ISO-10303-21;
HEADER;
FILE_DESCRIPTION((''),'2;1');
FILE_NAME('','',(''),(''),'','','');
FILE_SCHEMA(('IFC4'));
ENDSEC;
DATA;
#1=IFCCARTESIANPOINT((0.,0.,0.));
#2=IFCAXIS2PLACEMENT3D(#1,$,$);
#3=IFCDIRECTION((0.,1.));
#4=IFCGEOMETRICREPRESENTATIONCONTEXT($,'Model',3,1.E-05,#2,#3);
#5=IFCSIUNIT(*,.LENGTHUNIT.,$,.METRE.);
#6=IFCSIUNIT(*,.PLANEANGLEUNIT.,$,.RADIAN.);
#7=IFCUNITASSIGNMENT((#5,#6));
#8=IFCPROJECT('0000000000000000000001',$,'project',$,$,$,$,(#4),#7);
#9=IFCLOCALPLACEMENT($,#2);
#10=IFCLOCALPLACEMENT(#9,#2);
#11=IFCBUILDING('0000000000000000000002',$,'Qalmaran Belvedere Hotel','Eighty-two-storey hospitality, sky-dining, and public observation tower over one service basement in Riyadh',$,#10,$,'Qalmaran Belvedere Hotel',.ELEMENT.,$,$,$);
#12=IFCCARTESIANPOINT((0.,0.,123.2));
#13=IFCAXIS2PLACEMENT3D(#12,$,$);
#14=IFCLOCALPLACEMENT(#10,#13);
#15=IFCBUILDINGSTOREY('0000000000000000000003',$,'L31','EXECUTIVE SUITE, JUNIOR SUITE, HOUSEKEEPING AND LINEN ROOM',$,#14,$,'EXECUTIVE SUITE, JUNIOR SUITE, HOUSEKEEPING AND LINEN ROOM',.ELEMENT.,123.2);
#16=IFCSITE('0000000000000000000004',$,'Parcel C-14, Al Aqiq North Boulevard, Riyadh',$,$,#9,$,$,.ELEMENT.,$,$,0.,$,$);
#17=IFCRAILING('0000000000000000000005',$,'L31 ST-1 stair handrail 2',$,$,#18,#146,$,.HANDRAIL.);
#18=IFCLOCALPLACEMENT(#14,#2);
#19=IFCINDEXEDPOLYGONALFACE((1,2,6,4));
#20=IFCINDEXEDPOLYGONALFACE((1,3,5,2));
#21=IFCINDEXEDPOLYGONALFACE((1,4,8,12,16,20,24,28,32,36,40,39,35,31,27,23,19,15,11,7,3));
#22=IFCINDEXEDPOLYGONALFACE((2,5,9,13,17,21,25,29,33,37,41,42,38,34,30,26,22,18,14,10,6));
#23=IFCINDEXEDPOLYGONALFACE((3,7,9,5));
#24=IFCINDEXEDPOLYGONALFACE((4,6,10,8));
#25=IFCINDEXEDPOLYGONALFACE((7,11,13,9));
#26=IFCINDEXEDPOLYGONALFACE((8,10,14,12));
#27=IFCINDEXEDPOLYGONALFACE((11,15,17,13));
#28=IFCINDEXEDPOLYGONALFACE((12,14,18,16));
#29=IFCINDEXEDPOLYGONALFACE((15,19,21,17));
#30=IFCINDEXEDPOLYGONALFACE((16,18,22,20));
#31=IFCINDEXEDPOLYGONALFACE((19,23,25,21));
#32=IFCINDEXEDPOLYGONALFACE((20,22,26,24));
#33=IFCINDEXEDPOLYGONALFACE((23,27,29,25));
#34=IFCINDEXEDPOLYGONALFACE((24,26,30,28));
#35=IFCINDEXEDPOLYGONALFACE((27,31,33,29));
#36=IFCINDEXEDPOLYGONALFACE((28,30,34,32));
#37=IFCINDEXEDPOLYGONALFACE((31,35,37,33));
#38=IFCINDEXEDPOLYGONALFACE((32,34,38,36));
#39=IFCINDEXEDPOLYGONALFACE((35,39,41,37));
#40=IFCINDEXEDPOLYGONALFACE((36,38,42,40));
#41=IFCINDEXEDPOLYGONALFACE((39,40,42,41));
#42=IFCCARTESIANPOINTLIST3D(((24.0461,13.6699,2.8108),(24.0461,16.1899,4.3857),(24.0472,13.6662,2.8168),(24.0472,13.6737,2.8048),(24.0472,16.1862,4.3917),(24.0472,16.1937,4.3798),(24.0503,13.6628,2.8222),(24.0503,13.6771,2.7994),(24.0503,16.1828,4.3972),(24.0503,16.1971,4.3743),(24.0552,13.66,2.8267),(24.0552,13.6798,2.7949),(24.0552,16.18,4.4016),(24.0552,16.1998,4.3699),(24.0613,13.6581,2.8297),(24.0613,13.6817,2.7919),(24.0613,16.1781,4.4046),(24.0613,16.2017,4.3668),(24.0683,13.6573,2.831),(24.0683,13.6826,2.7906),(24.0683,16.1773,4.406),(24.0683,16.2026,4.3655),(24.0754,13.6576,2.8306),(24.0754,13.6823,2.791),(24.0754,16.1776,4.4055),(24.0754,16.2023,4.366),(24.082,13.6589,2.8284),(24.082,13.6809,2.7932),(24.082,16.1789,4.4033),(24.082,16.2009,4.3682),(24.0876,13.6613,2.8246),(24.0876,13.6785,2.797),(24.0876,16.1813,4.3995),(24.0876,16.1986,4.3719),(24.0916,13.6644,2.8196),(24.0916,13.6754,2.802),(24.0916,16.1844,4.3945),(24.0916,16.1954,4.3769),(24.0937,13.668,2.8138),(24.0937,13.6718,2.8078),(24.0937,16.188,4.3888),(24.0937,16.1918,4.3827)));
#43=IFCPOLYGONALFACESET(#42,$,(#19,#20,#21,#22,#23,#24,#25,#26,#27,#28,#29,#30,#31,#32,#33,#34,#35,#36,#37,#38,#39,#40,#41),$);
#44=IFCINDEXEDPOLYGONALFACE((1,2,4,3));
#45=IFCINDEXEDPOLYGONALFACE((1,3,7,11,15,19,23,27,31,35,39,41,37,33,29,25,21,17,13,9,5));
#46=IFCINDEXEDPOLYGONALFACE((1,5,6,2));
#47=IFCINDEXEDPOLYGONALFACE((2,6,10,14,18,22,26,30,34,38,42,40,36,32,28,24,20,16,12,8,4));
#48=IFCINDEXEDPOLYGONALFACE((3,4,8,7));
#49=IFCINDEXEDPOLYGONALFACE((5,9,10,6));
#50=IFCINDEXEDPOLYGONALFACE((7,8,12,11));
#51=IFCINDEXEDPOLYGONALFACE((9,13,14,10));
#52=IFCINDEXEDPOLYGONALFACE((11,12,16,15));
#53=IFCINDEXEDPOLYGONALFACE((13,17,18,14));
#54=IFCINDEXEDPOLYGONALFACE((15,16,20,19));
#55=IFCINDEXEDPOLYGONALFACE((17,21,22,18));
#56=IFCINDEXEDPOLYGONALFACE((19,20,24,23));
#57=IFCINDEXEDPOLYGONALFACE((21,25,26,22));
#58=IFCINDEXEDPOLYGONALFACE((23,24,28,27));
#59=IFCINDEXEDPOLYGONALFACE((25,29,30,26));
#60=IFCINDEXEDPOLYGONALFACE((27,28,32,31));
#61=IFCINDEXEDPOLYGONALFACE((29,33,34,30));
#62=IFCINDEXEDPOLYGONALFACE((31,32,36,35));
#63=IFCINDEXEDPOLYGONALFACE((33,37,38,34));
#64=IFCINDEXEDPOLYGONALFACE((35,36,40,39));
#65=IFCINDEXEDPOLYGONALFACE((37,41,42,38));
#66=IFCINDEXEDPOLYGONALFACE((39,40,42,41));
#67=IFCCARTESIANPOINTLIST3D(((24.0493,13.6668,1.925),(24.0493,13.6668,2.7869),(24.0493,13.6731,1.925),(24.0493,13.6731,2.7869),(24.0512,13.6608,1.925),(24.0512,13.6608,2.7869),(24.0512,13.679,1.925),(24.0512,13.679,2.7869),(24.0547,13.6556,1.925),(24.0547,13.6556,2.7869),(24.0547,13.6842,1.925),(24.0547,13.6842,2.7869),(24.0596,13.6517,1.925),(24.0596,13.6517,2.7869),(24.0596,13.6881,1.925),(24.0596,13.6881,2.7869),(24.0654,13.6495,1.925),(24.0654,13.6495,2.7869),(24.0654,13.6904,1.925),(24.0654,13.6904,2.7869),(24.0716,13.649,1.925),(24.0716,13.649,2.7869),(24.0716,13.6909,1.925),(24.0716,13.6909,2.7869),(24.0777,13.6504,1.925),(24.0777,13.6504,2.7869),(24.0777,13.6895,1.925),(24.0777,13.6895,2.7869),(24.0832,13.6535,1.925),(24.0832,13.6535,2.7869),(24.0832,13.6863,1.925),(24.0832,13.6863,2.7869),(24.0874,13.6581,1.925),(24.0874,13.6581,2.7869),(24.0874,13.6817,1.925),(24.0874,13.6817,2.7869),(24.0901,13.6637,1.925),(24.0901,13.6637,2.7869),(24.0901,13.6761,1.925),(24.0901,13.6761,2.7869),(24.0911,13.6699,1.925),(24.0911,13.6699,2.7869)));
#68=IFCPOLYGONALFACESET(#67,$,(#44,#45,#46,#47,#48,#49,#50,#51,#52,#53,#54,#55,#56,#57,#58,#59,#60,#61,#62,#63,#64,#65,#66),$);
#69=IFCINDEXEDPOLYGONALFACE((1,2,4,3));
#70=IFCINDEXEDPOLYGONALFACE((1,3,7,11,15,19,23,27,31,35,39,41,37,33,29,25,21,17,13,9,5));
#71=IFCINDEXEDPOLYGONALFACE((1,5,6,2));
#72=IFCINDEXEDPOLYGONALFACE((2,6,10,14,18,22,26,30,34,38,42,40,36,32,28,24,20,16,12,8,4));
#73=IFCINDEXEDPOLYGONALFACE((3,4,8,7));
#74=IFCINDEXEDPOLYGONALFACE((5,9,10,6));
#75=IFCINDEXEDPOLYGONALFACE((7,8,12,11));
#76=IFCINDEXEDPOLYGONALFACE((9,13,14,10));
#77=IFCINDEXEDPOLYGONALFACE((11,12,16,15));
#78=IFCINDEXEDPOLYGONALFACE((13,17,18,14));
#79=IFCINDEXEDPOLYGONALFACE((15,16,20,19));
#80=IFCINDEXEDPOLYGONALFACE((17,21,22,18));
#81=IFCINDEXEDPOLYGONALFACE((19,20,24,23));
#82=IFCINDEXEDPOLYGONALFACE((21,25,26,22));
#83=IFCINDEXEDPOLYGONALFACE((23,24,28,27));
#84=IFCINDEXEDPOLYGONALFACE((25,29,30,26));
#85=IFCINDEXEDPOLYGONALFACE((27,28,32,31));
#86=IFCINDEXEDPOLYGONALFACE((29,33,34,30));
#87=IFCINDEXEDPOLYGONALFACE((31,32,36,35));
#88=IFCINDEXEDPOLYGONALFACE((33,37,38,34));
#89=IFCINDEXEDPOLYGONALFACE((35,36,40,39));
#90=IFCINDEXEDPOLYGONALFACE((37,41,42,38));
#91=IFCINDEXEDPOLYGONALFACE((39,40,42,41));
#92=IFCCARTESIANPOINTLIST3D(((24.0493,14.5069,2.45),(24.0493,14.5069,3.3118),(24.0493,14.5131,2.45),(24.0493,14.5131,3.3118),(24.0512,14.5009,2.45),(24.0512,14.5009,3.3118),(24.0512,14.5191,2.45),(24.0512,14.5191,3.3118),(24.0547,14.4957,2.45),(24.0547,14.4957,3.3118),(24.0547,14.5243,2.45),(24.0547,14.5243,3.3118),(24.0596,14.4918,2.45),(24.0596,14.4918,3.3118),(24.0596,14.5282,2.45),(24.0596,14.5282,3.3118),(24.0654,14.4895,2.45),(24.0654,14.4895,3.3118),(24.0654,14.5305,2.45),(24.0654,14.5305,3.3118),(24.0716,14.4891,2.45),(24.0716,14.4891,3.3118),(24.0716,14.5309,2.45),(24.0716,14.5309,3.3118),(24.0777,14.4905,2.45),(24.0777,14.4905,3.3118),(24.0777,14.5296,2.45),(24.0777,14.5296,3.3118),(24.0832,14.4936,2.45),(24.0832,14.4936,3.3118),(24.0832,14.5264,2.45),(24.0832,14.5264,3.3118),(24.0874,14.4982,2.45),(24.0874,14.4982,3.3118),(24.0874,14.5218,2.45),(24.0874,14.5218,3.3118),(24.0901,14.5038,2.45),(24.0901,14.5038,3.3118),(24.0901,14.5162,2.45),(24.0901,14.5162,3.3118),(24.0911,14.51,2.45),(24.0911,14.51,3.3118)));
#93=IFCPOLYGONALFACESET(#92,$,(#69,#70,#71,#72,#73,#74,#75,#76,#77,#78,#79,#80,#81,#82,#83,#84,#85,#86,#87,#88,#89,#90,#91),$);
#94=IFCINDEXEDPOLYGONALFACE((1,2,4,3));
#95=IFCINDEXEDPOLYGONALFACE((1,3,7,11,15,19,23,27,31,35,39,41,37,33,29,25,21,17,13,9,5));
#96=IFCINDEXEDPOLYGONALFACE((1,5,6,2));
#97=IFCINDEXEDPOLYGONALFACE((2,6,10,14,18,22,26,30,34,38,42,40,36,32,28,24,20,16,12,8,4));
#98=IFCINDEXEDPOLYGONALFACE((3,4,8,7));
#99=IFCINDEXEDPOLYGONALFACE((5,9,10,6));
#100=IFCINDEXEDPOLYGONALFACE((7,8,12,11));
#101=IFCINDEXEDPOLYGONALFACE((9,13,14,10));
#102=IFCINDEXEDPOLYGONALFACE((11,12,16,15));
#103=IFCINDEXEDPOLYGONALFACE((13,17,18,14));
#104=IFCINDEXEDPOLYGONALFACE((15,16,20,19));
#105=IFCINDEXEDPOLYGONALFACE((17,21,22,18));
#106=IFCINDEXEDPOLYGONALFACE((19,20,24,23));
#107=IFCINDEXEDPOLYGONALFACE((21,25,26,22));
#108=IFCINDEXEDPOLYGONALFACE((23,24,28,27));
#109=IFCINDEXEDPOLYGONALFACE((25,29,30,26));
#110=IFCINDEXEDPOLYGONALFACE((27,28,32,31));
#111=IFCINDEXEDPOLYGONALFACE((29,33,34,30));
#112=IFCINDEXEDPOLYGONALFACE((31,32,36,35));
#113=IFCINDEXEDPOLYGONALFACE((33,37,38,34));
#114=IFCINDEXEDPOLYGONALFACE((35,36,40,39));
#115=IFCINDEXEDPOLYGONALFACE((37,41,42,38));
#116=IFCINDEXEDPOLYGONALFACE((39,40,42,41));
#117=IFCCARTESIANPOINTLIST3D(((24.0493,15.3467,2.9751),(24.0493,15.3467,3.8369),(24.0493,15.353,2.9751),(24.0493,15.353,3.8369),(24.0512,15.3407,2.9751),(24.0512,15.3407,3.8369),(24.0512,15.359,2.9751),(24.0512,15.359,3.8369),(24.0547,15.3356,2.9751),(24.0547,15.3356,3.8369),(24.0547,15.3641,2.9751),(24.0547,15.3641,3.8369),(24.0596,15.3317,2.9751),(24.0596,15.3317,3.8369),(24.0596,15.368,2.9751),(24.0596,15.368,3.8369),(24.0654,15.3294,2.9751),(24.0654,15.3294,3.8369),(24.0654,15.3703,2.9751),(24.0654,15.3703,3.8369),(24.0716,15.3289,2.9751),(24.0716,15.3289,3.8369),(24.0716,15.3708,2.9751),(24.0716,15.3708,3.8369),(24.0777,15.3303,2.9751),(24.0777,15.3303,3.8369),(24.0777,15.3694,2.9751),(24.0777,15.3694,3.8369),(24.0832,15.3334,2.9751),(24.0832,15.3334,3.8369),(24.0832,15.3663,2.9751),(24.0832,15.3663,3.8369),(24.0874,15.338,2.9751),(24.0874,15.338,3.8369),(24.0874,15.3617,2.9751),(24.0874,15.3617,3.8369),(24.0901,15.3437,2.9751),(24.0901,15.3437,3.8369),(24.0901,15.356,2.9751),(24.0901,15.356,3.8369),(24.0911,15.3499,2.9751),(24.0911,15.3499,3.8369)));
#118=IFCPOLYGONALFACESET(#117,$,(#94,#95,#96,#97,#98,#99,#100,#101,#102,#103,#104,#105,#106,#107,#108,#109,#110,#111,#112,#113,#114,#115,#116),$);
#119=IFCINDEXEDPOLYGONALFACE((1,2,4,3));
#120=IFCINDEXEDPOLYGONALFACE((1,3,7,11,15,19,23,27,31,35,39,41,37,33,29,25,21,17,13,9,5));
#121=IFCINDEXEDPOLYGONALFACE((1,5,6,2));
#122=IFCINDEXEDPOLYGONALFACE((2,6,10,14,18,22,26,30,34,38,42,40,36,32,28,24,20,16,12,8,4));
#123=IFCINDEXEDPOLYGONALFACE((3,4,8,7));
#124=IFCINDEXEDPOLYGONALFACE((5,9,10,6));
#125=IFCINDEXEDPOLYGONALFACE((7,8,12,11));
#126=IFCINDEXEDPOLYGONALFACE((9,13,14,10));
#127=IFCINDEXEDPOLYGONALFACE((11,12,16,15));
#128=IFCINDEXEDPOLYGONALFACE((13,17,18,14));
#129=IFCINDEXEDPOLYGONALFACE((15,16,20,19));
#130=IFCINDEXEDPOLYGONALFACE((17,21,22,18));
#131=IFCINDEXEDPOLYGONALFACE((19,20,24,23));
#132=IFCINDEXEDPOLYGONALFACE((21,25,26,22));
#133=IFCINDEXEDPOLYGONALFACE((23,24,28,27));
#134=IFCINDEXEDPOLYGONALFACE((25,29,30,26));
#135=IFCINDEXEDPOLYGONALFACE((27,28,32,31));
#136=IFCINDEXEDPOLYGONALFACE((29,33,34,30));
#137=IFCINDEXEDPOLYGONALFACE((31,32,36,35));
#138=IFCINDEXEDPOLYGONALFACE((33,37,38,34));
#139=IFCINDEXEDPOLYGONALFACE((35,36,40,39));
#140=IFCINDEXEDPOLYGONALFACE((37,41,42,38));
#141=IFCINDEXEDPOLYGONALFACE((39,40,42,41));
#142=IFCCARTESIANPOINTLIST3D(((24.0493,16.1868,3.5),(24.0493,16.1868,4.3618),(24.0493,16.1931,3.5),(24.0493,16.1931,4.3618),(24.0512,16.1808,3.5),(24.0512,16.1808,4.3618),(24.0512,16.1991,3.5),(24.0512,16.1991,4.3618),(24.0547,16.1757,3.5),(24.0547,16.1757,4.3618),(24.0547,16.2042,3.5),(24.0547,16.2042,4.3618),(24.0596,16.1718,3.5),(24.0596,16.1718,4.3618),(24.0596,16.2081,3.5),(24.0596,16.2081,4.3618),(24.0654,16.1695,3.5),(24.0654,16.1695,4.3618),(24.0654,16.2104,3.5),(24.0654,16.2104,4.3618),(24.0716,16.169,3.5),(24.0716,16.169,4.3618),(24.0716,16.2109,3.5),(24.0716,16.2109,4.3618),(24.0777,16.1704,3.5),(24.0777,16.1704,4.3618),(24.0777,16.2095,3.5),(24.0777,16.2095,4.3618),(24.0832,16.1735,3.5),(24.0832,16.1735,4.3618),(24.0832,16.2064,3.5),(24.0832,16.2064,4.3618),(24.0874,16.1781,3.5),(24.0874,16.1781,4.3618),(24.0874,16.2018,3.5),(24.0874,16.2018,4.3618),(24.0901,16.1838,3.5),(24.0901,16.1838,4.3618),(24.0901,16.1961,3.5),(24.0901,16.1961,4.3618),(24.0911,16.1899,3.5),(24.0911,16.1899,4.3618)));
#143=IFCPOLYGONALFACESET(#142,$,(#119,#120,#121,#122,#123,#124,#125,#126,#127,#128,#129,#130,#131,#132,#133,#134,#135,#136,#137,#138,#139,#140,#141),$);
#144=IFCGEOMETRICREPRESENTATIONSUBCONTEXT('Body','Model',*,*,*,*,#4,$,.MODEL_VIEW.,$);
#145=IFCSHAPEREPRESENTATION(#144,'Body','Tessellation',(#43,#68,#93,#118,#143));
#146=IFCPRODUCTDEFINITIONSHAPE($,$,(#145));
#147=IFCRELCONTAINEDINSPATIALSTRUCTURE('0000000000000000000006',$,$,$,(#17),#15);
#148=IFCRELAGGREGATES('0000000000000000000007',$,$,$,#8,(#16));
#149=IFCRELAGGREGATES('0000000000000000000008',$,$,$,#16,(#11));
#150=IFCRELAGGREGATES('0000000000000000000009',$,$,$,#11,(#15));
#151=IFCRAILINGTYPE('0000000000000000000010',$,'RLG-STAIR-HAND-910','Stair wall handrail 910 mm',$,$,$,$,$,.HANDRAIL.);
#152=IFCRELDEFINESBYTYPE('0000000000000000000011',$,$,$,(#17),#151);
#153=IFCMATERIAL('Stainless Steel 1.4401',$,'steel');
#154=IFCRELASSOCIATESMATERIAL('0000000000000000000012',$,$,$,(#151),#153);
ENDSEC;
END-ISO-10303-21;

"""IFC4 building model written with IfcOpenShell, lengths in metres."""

from ifc_helpers import new_model, si_unit, direction, frame, origin, origin_2d, place, context, subcontext, project, spatial, circle, extrude, material, type_object, element, save


model = new_model("IFC4")

# Units and contexts
model_context = context("Model", 3, precision=1e-05, world=origin(), true_north=direction((0.0, 1.0)))
body_context = subcontext(model_context, "Body", "Model", "MODEL_VIEW")
ifc_project = project(units=[si_unit("LENGTHUNIT", "METRE"), si_unit("PLANEANGLEUNIT", "RADIAN")], contexts=[model_context])

# Site, building, storey
site_placement = place(None, origin())
site = spatial("IfcSite", under=ifc_project, at=site_placement, Name="Parcel C-14, Al Aqiq North Boulevard, Riyadh", CompositionType="ELEMENT", RefElevation=0.0)
building_placement = place(site_placement, origin())
building = spatial("IfcBuilding", under=site, at=building_placement, Name="Qalmaran Belvedere Hotel", Description="Eighty-two-storey hospitality, sky-dining, and public observation tower over one service basement in Riyadh", LongName="Qalmaran Belvedere Hotel", CompositionType="ELEMENT")
storey_placement = place(building_placement, frame((0.0, 0.0, 123.2)))
storey = spatial("IfcBuildingStorey", under=building, at=storey_placement, Name="L31", Description="EXECUTIVE SUITE, JUNIOR SUITE, HOUSEKEEPING AND LINEN ROOM", LongName="EXECUTIVE SUITE, JUNIOR SUITE, HOUSEKEEPING AND LINEN ROOM", CompositionType="ELEMENT", Elevation=123.2)

# Railing
ifc_material_1 = material(Name="Stainless Steel 1.4401", Category="steel")
railing_type_1 = type_object("IfcRailingType", Name="RLG-STAIR-HAND-910", Description="Stair wall handrail 910 mm", PredefinedType="HANDRAIL", material=ifc_material_1)
railing_1_placement = place(storey_placement, frame((24.0701, 13.6699, 1.925)))
element("IfcRailing", 1, at=railing_1_placement, inside=storey, type_object=railing_type_1, Name="L31 ST-1 stair handrail 2", PredefinedType="HANDRAIL", context=body_context, shape_type="SweptSolid", body=[
    extrude(circle(Radius=0.0239, at=origin_2d()), frame((0.0, 0.0, 0.8857), z_axis=(0.0, 0.848008, 0.529984), x_axis=(-1.0, 0.0, 0.0)), (0.0, 0.0, 1.0), 2.9717),
    extrude(circle(Radius=0.021, at=origin_2d()), origin(), (0.0, 0.0, 1.0), 0.8618),
    extrude(circle(Radius=0.021, at=origin_2d()), frame((0.0, 0.8401, 0.5249)), (0.0, 0.0, 1.0), 0.8618),
    extrude(circle(Radius=0.021, at=origin_2d()), frame((0.0, 1.6799, 1.05)), (0.0, 0.0, 1.0), 0.8618),
    extrude(circle(Radius=0.021, at=origin_2d()), frame((0.0, 2.52, 1.575)), (0.0, 0.0, 1.0), 0.8618),
])

save(model, "model.ifc")
